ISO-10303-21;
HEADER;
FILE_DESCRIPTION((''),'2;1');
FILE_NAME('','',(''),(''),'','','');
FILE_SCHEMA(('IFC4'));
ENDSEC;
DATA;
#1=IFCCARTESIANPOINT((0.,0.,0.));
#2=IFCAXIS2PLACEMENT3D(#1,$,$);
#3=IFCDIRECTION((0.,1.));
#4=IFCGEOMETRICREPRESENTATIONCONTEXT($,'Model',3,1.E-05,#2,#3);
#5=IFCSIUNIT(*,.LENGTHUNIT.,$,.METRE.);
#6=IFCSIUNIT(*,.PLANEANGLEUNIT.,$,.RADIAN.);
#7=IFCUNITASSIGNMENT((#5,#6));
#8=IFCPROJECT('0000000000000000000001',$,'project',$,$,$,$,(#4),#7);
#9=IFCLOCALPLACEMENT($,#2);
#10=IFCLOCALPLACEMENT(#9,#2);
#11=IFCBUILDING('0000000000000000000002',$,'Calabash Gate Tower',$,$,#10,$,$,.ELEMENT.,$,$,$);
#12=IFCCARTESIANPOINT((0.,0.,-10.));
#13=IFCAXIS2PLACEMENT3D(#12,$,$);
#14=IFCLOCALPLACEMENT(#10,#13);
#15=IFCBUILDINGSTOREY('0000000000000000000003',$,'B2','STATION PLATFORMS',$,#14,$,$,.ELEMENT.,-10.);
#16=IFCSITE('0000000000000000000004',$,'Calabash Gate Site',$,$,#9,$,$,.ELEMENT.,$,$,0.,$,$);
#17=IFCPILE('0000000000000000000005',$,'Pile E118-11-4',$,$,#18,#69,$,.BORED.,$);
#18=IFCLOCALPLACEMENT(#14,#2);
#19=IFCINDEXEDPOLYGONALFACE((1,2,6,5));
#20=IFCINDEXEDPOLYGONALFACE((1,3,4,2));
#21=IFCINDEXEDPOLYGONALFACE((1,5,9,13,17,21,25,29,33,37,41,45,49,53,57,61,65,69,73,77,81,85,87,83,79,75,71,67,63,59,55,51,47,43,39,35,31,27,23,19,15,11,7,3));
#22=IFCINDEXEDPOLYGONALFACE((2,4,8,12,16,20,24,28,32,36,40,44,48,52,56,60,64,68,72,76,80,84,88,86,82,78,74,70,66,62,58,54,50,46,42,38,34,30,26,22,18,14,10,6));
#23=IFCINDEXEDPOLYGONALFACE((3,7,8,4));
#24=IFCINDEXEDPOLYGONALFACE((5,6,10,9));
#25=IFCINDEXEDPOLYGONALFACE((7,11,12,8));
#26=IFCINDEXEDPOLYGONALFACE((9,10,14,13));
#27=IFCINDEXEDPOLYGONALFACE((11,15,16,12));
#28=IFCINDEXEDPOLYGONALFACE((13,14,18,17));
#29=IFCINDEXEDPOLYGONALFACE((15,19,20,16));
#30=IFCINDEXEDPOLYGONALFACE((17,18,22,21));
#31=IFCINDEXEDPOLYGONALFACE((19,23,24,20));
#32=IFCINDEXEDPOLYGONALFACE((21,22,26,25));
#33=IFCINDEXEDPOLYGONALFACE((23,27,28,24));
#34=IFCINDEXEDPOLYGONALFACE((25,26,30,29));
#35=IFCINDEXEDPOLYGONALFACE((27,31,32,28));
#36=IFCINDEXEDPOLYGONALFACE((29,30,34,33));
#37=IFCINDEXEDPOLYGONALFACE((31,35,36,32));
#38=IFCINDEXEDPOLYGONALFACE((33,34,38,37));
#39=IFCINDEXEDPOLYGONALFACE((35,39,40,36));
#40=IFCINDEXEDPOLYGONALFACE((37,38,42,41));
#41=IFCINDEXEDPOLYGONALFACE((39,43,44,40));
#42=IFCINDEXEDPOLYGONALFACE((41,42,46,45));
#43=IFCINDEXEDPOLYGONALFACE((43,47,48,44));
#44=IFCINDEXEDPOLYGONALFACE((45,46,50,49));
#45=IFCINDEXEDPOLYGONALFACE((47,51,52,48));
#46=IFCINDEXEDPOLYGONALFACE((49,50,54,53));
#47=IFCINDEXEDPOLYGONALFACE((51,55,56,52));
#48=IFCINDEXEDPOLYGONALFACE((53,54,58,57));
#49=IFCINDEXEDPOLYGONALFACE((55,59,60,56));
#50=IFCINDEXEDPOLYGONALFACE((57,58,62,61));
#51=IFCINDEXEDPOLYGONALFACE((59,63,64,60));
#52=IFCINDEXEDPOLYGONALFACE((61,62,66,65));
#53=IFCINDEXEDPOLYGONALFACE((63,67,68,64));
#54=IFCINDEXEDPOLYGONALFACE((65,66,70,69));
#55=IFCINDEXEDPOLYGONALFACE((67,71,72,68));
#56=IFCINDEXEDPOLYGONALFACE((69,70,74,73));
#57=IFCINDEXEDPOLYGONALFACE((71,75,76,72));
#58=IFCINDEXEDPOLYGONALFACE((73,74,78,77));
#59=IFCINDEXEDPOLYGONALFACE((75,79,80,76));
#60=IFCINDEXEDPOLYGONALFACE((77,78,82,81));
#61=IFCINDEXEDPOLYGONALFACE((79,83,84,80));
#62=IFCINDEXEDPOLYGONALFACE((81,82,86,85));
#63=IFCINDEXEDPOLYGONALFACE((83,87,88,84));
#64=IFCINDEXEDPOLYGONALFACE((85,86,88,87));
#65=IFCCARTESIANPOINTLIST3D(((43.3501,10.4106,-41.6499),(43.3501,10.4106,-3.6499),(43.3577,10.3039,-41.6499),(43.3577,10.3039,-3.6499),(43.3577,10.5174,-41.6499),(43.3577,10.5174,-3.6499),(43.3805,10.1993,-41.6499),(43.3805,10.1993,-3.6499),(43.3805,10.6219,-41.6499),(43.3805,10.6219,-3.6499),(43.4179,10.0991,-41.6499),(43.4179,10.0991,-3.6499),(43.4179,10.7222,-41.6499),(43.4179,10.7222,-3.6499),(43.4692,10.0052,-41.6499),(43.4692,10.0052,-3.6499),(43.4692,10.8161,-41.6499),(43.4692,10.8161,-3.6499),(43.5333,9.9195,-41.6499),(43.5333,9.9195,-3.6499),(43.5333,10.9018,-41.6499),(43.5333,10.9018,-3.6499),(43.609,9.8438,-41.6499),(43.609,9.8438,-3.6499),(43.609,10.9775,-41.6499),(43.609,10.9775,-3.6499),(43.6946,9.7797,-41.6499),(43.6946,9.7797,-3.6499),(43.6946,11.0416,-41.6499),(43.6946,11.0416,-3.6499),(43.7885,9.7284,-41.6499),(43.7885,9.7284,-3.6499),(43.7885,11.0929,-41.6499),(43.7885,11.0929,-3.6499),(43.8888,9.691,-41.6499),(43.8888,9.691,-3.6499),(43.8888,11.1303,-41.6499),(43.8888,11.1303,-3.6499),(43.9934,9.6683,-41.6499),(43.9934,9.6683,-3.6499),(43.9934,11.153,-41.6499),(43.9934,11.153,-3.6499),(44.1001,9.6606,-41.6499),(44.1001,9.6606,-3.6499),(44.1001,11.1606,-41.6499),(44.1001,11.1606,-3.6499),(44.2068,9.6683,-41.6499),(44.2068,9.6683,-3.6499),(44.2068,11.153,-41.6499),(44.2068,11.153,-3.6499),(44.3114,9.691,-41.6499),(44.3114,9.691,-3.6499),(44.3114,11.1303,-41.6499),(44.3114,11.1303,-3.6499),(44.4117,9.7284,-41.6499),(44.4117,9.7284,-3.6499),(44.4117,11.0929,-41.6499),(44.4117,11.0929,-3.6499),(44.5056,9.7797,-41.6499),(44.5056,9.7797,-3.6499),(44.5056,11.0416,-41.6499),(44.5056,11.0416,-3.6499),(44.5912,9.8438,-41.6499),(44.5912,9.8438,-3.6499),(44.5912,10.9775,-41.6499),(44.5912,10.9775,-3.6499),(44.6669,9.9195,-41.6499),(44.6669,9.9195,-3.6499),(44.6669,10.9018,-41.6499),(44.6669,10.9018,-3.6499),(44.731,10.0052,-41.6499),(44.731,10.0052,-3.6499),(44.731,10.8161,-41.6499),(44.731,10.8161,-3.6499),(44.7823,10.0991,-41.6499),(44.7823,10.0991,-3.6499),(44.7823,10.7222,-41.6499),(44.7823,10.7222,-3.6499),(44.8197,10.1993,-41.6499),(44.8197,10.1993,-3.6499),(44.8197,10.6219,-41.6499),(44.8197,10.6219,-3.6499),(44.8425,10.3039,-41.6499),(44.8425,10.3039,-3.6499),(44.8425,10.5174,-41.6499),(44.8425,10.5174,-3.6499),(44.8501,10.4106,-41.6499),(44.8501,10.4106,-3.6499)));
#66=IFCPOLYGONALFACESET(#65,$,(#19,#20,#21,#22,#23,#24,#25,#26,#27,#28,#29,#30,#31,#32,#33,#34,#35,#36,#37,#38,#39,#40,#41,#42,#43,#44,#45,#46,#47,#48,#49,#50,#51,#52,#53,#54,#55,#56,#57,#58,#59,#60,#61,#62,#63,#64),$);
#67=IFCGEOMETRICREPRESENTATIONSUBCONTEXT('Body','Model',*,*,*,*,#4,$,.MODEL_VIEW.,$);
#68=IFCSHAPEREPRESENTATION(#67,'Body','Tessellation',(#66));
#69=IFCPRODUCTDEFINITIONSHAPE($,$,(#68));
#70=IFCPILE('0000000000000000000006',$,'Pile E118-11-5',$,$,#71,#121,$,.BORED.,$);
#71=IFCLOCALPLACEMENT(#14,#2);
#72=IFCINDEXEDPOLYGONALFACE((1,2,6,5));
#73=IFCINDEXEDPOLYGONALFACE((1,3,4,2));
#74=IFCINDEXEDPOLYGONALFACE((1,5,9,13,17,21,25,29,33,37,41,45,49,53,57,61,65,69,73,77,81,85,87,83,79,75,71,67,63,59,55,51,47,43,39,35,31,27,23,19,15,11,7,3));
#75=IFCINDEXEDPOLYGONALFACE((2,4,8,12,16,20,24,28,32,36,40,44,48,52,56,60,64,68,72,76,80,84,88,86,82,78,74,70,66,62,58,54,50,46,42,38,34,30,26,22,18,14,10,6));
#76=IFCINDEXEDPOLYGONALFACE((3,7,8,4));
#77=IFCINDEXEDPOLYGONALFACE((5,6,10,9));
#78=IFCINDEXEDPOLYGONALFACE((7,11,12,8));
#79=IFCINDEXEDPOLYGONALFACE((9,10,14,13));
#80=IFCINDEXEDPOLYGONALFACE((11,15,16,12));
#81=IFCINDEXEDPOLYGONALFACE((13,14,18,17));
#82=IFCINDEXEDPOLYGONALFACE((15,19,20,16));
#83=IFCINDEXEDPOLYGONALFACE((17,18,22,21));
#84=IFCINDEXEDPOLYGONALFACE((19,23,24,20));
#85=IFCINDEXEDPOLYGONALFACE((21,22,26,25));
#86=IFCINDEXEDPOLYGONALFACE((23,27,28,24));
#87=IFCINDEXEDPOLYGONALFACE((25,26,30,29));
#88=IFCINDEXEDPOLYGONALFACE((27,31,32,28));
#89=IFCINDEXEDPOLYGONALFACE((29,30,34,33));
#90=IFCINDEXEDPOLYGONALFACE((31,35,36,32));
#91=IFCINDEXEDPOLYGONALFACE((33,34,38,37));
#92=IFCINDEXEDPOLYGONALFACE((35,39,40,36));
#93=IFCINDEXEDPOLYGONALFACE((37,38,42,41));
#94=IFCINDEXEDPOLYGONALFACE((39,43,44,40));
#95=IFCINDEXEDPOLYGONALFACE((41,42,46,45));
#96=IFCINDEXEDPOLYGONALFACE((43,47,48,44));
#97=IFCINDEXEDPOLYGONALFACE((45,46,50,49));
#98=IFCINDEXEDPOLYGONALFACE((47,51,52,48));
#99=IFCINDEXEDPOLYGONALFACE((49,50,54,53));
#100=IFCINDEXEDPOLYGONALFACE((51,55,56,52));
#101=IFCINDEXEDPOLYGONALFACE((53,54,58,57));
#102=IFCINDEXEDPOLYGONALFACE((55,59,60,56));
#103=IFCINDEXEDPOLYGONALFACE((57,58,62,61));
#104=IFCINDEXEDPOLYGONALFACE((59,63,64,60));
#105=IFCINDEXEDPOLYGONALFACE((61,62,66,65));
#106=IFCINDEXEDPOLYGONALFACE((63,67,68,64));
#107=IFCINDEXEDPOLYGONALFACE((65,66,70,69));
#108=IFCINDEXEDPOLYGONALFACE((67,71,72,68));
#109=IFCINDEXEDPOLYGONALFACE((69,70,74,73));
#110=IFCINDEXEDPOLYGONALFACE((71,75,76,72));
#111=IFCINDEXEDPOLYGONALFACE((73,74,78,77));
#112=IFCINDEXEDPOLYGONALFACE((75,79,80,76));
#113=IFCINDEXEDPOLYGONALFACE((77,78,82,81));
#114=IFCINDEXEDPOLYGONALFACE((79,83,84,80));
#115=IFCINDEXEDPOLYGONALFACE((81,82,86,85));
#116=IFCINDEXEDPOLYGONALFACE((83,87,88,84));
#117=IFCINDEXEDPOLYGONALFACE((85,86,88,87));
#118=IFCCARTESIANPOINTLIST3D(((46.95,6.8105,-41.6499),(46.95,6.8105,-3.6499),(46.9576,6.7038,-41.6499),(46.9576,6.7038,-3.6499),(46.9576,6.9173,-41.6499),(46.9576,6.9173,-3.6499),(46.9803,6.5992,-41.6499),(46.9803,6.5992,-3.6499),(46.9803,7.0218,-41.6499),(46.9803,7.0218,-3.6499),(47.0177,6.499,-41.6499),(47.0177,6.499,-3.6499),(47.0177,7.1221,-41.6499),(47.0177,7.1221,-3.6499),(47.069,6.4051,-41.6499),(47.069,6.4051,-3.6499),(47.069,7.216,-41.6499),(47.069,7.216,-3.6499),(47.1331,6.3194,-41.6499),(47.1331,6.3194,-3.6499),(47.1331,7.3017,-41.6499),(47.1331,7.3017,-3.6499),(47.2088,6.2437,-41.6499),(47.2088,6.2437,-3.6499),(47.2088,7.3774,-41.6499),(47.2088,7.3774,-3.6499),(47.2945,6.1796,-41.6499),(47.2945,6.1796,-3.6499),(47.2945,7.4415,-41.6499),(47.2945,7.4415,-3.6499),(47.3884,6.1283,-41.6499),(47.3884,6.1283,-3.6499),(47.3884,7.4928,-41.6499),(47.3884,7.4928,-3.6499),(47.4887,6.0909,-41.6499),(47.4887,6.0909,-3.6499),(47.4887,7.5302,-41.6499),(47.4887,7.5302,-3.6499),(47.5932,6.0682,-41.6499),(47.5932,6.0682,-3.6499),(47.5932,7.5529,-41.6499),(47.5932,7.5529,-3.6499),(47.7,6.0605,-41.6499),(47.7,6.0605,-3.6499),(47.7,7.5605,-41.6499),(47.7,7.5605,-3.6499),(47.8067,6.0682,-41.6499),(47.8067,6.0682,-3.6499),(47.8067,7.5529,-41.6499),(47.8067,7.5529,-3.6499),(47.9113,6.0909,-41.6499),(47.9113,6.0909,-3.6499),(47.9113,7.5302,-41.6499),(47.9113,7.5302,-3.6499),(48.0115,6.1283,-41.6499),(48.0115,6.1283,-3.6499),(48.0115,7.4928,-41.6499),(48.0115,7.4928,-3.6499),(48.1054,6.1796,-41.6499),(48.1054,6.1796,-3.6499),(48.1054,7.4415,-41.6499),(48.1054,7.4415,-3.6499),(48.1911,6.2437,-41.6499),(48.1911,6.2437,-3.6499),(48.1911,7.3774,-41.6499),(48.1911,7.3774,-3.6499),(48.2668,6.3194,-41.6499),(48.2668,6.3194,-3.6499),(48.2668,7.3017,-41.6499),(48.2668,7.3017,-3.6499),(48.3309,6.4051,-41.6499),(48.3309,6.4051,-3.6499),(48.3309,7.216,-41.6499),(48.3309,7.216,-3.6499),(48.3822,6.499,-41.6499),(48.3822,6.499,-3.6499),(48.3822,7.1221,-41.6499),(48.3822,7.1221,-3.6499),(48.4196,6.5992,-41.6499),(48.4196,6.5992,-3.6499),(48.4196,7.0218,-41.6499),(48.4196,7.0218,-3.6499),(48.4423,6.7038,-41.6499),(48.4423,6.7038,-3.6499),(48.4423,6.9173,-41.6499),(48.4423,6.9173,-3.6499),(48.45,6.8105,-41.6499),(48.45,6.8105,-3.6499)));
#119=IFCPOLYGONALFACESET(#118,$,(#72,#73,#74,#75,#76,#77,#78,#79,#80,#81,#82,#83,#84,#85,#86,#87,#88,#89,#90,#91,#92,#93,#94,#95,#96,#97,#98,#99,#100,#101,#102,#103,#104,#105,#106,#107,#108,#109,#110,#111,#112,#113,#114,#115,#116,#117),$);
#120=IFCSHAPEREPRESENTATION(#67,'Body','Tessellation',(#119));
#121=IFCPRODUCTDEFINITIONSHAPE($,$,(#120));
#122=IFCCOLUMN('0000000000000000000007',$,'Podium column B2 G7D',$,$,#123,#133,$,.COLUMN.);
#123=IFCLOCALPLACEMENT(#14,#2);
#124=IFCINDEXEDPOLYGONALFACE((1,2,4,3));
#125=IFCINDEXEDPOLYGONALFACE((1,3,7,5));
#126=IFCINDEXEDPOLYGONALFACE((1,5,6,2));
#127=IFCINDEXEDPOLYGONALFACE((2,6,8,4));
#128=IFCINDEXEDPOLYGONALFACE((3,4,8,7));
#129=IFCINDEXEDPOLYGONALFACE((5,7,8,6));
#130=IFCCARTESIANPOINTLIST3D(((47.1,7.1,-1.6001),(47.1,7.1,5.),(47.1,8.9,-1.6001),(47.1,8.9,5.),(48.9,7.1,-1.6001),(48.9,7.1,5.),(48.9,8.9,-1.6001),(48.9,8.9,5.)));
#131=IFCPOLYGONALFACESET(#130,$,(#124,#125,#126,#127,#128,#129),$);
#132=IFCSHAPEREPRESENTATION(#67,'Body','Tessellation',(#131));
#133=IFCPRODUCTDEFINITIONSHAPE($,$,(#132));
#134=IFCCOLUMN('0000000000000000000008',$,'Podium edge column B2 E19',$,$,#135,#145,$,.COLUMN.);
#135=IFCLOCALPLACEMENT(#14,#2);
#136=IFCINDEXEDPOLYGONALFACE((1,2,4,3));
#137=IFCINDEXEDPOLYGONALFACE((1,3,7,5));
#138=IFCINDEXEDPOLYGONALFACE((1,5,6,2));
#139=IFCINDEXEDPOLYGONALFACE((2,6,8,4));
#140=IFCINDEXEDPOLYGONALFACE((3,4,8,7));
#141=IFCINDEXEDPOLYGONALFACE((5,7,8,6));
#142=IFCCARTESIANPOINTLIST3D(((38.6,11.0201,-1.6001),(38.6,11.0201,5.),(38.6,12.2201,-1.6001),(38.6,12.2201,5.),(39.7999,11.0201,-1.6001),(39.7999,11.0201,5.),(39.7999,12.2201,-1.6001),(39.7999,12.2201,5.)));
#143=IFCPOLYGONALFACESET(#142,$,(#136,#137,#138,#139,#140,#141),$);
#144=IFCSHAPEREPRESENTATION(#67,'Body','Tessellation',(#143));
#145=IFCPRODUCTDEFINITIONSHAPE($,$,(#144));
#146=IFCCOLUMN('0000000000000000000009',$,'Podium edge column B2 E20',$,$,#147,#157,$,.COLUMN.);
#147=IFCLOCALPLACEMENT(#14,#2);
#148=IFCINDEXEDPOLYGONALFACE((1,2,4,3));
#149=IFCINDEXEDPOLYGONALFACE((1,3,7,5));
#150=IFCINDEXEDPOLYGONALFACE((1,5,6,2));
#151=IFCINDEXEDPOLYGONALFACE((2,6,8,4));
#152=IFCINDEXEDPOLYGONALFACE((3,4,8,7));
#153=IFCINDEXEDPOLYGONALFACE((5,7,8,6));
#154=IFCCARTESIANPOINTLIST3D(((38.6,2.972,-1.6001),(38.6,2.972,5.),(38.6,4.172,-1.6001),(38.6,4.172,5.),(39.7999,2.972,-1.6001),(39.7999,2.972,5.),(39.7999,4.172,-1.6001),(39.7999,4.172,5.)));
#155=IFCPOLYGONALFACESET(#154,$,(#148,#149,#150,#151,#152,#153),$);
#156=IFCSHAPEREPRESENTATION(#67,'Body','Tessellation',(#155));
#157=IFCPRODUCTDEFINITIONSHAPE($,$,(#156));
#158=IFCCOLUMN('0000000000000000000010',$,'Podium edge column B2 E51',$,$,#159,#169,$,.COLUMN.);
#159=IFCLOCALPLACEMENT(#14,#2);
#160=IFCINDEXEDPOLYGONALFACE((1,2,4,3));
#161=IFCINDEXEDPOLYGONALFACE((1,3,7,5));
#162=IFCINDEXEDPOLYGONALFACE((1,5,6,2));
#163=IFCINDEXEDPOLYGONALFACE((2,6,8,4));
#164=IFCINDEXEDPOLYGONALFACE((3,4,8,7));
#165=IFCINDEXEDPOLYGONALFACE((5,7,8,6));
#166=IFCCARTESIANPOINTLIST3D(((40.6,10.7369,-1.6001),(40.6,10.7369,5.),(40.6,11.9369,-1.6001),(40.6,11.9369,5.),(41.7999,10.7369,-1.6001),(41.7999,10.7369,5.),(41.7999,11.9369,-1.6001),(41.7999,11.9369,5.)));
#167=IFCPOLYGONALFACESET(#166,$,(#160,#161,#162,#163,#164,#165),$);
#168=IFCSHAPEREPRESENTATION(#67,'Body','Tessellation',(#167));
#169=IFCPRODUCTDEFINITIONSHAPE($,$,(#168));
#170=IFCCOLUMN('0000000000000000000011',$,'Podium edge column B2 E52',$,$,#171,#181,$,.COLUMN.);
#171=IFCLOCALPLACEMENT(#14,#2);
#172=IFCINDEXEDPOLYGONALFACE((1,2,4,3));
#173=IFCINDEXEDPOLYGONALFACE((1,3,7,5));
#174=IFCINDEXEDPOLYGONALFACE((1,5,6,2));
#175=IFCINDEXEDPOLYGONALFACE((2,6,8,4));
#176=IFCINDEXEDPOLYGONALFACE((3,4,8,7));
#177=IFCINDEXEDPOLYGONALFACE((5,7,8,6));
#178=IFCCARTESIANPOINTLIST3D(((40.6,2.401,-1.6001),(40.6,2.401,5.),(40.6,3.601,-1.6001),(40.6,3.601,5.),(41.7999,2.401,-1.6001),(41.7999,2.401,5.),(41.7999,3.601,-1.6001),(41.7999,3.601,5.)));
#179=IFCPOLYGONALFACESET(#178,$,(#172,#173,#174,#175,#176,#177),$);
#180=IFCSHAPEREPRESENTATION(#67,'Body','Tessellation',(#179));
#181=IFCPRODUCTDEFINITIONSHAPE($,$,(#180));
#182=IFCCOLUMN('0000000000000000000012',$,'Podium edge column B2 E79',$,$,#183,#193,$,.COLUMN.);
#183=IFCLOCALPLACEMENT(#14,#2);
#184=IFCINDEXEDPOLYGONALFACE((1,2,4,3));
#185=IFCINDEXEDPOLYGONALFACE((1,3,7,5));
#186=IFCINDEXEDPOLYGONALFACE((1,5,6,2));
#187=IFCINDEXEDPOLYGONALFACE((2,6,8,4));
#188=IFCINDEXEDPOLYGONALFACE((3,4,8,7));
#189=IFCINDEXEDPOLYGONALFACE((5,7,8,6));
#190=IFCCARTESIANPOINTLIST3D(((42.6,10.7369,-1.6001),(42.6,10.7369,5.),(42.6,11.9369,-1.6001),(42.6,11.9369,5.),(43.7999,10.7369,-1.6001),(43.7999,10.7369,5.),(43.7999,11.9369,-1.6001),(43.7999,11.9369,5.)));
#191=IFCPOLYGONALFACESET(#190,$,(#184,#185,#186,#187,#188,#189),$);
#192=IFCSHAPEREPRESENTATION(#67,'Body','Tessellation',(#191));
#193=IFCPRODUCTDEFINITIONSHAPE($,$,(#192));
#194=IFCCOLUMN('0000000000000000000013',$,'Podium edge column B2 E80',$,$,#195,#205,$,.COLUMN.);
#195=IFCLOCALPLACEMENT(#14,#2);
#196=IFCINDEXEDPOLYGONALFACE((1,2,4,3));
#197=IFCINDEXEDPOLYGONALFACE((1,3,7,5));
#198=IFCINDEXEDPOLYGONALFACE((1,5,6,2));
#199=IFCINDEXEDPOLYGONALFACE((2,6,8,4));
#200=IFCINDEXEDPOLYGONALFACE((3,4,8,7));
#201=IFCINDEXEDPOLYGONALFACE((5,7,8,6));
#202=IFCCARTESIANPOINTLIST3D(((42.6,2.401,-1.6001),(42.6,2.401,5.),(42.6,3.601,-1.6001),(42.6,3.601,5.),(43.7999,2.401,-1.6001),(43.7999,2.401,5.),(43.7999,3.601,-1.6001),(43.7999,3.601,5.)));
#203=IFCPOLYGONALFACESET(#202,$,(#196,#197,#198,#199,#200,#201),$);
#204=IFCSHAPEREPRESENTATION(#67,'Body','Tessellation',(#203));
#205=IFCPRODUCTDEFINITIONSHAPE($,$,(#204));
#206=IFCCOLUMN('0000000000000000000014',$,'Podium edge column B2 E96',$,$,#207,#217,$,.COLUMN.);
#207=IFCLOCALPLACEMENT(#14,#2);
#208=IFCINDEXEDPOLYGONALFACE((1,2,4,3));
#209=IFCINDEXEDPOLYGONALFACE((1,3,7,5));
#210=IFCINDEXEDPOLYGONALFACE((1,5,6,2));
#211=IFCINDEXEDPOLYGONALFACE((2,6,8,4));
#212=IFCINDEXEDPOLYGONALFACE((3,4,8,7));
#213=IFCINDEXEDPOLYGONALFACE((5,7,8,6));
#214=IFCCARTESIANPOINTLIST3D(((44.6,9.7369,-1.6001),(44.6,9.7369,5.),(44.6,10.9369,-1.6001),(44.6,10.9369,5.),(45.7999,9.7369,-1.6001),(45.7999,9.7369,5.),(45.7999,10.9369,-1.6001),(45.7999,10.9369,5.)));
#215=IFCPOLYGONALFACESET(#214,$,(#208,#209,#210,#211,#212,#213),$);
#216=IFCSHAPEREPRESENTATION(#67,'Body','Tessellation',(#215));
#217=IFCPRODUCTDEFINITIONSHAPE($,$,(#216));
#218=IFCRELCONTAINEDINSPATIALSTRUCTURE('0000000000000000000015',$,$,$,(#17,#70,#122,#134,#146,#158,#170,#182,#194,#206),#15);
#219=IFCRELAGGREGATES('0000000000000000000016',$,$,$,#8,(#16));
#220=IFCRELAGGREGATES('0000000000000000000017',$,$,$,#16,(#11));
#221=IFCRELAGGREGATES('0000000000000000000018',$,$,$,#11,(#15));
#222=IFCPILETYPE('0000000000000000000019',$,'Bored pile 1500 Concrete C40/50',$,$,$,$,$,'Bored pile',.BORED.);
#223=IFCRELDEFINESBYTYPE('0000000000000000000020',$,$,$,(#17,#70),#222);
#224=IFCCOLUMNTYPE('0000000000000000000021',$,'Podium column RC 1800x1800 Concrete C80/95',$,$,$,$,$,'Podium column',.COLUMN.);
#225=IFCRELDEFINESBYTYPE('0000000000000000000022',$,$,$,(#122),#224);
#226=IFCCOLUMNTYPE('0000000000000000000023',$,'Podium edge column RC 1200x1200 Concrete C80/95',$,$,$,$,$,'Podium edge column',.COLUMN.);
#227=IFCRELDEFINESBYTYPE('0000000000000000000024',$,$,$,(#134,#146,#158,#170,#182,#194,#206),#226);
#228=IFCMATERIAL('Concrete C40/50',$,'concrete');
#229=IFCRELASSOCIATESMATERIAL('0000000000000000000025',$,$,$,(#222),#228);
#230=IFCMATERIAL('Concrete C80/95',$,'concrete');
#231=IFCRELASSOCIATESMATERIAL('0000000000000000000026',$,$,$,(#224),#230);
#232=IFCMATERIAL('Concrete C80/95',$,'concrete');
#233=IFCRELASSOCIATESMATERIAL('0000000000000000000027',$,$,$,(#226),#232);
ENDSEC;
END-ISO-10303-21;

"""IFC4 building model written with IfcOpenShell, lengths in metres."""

from ifc_helpers import new_model, si_unit, direction, frame, origin, origin_2d, place, context, subcontext, project, spatial, rectangle, circle, extrude, material, material_profile, profile_set, type_object, element, save


model = new_model("IFC4")

# Units and contexts
model_context = context("Model", 3, precision=1e-05, world=origin(), true_north=direction((0.0, 1.0)))
body_context = subcontext(model_context, "Body", "Model", "MODEL_VIEW")
ifc_project = project(units=[si_unit("LENGTHUNIT", "METRE"), si_unit("PLANEANGLEUNIT", "RADIAN")], contexts=[model_context])

# Site, building, storey
site_placement = place(None, origin())
site = spatial("IfcSite", under=ifc_project, at=site_placement, Name="Calabash Gate Site", CompositionType="ELEMENT", RefElevation=0.0)
building_placement = place(site_placement, origin())
building = spatial("IfcBuilding", under=site, at=building_placement, Name="Calabash Gate Tower", CompositionType="ELEMENT")
storey_placement = place(building_placement, frame((0.0, 0.0, -10.0)))
storey = spatial("IfcBuildingStorey", under=building, at=storey_placement, Name="B2", Description="STATION PLATFORMS", CompositionType="ELEMENT", Elevation=-10.0)

# Piles
ifc_material_1 = material(Name="Concrete C40/50", Category="concrete")
ifc_material_profile_1 = material_profile(ifc_material_1, circle(Radius=0.75, at=origin_2d()))
ifc_profile_set_1 = profile_set([ifc_material_profile_1], Name="Concrete C40/50")
pile_type = type_object("IfcPileType", Name="Bored pile 1500 Concrete C40/50", ElementType="Bored pile", PredefinedType="BORED", material=ifc_profile_set_1)
for number, where, z_axis, x_axis, name in (
    (1, (44.1001, 10.4106, -3.6499), (0.0, 0.0, -1.0), (1.0, 0.0, 0.0), "Pile E118-11-4"),
    (2, (47.7, 6.8105, -3.6499), (0.0, 0.0, -1.0), (1.0, 0.0, 0.0), "Pile E118-11-5"),
):
    element("IfcPile", number, at=place(storey_placement, frame(where, z_axis=z_axis, x_axis=x_axis)), inside=storey, type_object=pile_type, Name=name, PredefinedType="BORED", context=body_context, shape_type="SweptSolid", body=[
        extrude(circle(Radius=0.75, at=origin_2d()), origin(), (0.0, 0.0, 1.0), 38.0),
    ])

# Columns
ifc_material_2 = material(Name="Concrete C80/95", Category="concrete")
ifc_material_profile_2 = material_profile(ifc_material_2, rectangle(XDim=1.8, YDim=1.8, at=origin_2d()))
ifc_profile_set_2 = profile_set([ifc_material_profile_2], Name="Concrete C80/95")
column_type_1 = type_object("IfcColumnType", Name="Podium column RC 1800x1800 Concrete C80/95", ElementType="Podium column", PredefinedType="COLUMN", material=ifc_profile_set_2)
column_placement = place(storey_placement, frame((48.0, 8.0, -1.6001), z_axis=(0.0, 0.0, 1.0), x_axis=(1.0, 0.0, 0.0)))
element("IfcColumn", 3, at=column_placement, inside=storey, type_object=column_type_1, Name="Podium column B2 G7D", PredefinedType="COLUMN", context=body_context, shape_type="SweptSolid", body=[
    extrude(rectangle(XDim=1.8, YDim=1.8, at=origin_2d()), origin(), (0.0, 0.0, 1.0), 6.6001),
])
ifc_material_3 = material(Name="Concrete C80/95", Category="concrete")
ifc_material_profile_3 = material_profile(ifc_material_3, rectangle(XDim=1.2, YDim=1.2, at=origin_2d()))
ifc_profile_set_3 = profile_set([ifc_material_profile_3], Name="Concrete C80/95")
column_type_2 = type_object("IfcColumnType", Name="Podium edge column RC 1200x1200 Concrete C80/95", ElementType="Podium edge column", PredefinedType="COLUMN", material=ifc_profile_set_3)
for number, where, z_axis, x_axis, name in (
    (4, (39.2, 11.6201, -1.6001), (0.0, 0.0, 1.0), (1.0, 0.0, 0.0), "Podium edge column B2 E19"),
    (5, (39.2, 3.572, -1.6001), (0.0, 0.0, 1.0), (1.0, 0.0, 0.0), "Podium edge column B2 E20"),
    (6, (41.2, 11.3369, -1.6001), (0.0, 0.0, 1.0), (1.0, 0.0, 0.0), "Podium edge column B2 E51"),
    (7, (41.2, 3.001, -1.6001), (0.0, 0.0, 1.0), (1.0, 0.0, 0.0), "Podium edge column B2 E52"),
    (8, (43.2, 11.3369, -1.6001), (0.0, 0.0, 1.0), (1.0, 0.0, 0.0), "Podium edge column B2 E79"),
    (9, (43.2, 3.001, -1.6001), (0.0, 0.0, 1.0), (1.0, 0.0, 0.0), "Podium edge column B2 E80"),
    (10, (45.2, 10.3369, -1.6001), (0.0, 0.0, 1.0), (1.0, 0.0, 0.0), "Podium edge column B2 E96"),
):
    element("IfcColumn", number, at=place(storey_placement, frame(where, z_axis=z_axis, x_axis=x_axis)), inside=storey, type_object=column_type_2, Name=name, PredefinedType="COLUMN", context=body_context, shape_type="SweptSolid", body=[
        extrude(rectangle(XDim=1.2, YDim=1.2, at=origin_2d()), origin(), (0.0, 0.0, 1.0), 6.6001),
    ])

save(model, "model.ifc")
